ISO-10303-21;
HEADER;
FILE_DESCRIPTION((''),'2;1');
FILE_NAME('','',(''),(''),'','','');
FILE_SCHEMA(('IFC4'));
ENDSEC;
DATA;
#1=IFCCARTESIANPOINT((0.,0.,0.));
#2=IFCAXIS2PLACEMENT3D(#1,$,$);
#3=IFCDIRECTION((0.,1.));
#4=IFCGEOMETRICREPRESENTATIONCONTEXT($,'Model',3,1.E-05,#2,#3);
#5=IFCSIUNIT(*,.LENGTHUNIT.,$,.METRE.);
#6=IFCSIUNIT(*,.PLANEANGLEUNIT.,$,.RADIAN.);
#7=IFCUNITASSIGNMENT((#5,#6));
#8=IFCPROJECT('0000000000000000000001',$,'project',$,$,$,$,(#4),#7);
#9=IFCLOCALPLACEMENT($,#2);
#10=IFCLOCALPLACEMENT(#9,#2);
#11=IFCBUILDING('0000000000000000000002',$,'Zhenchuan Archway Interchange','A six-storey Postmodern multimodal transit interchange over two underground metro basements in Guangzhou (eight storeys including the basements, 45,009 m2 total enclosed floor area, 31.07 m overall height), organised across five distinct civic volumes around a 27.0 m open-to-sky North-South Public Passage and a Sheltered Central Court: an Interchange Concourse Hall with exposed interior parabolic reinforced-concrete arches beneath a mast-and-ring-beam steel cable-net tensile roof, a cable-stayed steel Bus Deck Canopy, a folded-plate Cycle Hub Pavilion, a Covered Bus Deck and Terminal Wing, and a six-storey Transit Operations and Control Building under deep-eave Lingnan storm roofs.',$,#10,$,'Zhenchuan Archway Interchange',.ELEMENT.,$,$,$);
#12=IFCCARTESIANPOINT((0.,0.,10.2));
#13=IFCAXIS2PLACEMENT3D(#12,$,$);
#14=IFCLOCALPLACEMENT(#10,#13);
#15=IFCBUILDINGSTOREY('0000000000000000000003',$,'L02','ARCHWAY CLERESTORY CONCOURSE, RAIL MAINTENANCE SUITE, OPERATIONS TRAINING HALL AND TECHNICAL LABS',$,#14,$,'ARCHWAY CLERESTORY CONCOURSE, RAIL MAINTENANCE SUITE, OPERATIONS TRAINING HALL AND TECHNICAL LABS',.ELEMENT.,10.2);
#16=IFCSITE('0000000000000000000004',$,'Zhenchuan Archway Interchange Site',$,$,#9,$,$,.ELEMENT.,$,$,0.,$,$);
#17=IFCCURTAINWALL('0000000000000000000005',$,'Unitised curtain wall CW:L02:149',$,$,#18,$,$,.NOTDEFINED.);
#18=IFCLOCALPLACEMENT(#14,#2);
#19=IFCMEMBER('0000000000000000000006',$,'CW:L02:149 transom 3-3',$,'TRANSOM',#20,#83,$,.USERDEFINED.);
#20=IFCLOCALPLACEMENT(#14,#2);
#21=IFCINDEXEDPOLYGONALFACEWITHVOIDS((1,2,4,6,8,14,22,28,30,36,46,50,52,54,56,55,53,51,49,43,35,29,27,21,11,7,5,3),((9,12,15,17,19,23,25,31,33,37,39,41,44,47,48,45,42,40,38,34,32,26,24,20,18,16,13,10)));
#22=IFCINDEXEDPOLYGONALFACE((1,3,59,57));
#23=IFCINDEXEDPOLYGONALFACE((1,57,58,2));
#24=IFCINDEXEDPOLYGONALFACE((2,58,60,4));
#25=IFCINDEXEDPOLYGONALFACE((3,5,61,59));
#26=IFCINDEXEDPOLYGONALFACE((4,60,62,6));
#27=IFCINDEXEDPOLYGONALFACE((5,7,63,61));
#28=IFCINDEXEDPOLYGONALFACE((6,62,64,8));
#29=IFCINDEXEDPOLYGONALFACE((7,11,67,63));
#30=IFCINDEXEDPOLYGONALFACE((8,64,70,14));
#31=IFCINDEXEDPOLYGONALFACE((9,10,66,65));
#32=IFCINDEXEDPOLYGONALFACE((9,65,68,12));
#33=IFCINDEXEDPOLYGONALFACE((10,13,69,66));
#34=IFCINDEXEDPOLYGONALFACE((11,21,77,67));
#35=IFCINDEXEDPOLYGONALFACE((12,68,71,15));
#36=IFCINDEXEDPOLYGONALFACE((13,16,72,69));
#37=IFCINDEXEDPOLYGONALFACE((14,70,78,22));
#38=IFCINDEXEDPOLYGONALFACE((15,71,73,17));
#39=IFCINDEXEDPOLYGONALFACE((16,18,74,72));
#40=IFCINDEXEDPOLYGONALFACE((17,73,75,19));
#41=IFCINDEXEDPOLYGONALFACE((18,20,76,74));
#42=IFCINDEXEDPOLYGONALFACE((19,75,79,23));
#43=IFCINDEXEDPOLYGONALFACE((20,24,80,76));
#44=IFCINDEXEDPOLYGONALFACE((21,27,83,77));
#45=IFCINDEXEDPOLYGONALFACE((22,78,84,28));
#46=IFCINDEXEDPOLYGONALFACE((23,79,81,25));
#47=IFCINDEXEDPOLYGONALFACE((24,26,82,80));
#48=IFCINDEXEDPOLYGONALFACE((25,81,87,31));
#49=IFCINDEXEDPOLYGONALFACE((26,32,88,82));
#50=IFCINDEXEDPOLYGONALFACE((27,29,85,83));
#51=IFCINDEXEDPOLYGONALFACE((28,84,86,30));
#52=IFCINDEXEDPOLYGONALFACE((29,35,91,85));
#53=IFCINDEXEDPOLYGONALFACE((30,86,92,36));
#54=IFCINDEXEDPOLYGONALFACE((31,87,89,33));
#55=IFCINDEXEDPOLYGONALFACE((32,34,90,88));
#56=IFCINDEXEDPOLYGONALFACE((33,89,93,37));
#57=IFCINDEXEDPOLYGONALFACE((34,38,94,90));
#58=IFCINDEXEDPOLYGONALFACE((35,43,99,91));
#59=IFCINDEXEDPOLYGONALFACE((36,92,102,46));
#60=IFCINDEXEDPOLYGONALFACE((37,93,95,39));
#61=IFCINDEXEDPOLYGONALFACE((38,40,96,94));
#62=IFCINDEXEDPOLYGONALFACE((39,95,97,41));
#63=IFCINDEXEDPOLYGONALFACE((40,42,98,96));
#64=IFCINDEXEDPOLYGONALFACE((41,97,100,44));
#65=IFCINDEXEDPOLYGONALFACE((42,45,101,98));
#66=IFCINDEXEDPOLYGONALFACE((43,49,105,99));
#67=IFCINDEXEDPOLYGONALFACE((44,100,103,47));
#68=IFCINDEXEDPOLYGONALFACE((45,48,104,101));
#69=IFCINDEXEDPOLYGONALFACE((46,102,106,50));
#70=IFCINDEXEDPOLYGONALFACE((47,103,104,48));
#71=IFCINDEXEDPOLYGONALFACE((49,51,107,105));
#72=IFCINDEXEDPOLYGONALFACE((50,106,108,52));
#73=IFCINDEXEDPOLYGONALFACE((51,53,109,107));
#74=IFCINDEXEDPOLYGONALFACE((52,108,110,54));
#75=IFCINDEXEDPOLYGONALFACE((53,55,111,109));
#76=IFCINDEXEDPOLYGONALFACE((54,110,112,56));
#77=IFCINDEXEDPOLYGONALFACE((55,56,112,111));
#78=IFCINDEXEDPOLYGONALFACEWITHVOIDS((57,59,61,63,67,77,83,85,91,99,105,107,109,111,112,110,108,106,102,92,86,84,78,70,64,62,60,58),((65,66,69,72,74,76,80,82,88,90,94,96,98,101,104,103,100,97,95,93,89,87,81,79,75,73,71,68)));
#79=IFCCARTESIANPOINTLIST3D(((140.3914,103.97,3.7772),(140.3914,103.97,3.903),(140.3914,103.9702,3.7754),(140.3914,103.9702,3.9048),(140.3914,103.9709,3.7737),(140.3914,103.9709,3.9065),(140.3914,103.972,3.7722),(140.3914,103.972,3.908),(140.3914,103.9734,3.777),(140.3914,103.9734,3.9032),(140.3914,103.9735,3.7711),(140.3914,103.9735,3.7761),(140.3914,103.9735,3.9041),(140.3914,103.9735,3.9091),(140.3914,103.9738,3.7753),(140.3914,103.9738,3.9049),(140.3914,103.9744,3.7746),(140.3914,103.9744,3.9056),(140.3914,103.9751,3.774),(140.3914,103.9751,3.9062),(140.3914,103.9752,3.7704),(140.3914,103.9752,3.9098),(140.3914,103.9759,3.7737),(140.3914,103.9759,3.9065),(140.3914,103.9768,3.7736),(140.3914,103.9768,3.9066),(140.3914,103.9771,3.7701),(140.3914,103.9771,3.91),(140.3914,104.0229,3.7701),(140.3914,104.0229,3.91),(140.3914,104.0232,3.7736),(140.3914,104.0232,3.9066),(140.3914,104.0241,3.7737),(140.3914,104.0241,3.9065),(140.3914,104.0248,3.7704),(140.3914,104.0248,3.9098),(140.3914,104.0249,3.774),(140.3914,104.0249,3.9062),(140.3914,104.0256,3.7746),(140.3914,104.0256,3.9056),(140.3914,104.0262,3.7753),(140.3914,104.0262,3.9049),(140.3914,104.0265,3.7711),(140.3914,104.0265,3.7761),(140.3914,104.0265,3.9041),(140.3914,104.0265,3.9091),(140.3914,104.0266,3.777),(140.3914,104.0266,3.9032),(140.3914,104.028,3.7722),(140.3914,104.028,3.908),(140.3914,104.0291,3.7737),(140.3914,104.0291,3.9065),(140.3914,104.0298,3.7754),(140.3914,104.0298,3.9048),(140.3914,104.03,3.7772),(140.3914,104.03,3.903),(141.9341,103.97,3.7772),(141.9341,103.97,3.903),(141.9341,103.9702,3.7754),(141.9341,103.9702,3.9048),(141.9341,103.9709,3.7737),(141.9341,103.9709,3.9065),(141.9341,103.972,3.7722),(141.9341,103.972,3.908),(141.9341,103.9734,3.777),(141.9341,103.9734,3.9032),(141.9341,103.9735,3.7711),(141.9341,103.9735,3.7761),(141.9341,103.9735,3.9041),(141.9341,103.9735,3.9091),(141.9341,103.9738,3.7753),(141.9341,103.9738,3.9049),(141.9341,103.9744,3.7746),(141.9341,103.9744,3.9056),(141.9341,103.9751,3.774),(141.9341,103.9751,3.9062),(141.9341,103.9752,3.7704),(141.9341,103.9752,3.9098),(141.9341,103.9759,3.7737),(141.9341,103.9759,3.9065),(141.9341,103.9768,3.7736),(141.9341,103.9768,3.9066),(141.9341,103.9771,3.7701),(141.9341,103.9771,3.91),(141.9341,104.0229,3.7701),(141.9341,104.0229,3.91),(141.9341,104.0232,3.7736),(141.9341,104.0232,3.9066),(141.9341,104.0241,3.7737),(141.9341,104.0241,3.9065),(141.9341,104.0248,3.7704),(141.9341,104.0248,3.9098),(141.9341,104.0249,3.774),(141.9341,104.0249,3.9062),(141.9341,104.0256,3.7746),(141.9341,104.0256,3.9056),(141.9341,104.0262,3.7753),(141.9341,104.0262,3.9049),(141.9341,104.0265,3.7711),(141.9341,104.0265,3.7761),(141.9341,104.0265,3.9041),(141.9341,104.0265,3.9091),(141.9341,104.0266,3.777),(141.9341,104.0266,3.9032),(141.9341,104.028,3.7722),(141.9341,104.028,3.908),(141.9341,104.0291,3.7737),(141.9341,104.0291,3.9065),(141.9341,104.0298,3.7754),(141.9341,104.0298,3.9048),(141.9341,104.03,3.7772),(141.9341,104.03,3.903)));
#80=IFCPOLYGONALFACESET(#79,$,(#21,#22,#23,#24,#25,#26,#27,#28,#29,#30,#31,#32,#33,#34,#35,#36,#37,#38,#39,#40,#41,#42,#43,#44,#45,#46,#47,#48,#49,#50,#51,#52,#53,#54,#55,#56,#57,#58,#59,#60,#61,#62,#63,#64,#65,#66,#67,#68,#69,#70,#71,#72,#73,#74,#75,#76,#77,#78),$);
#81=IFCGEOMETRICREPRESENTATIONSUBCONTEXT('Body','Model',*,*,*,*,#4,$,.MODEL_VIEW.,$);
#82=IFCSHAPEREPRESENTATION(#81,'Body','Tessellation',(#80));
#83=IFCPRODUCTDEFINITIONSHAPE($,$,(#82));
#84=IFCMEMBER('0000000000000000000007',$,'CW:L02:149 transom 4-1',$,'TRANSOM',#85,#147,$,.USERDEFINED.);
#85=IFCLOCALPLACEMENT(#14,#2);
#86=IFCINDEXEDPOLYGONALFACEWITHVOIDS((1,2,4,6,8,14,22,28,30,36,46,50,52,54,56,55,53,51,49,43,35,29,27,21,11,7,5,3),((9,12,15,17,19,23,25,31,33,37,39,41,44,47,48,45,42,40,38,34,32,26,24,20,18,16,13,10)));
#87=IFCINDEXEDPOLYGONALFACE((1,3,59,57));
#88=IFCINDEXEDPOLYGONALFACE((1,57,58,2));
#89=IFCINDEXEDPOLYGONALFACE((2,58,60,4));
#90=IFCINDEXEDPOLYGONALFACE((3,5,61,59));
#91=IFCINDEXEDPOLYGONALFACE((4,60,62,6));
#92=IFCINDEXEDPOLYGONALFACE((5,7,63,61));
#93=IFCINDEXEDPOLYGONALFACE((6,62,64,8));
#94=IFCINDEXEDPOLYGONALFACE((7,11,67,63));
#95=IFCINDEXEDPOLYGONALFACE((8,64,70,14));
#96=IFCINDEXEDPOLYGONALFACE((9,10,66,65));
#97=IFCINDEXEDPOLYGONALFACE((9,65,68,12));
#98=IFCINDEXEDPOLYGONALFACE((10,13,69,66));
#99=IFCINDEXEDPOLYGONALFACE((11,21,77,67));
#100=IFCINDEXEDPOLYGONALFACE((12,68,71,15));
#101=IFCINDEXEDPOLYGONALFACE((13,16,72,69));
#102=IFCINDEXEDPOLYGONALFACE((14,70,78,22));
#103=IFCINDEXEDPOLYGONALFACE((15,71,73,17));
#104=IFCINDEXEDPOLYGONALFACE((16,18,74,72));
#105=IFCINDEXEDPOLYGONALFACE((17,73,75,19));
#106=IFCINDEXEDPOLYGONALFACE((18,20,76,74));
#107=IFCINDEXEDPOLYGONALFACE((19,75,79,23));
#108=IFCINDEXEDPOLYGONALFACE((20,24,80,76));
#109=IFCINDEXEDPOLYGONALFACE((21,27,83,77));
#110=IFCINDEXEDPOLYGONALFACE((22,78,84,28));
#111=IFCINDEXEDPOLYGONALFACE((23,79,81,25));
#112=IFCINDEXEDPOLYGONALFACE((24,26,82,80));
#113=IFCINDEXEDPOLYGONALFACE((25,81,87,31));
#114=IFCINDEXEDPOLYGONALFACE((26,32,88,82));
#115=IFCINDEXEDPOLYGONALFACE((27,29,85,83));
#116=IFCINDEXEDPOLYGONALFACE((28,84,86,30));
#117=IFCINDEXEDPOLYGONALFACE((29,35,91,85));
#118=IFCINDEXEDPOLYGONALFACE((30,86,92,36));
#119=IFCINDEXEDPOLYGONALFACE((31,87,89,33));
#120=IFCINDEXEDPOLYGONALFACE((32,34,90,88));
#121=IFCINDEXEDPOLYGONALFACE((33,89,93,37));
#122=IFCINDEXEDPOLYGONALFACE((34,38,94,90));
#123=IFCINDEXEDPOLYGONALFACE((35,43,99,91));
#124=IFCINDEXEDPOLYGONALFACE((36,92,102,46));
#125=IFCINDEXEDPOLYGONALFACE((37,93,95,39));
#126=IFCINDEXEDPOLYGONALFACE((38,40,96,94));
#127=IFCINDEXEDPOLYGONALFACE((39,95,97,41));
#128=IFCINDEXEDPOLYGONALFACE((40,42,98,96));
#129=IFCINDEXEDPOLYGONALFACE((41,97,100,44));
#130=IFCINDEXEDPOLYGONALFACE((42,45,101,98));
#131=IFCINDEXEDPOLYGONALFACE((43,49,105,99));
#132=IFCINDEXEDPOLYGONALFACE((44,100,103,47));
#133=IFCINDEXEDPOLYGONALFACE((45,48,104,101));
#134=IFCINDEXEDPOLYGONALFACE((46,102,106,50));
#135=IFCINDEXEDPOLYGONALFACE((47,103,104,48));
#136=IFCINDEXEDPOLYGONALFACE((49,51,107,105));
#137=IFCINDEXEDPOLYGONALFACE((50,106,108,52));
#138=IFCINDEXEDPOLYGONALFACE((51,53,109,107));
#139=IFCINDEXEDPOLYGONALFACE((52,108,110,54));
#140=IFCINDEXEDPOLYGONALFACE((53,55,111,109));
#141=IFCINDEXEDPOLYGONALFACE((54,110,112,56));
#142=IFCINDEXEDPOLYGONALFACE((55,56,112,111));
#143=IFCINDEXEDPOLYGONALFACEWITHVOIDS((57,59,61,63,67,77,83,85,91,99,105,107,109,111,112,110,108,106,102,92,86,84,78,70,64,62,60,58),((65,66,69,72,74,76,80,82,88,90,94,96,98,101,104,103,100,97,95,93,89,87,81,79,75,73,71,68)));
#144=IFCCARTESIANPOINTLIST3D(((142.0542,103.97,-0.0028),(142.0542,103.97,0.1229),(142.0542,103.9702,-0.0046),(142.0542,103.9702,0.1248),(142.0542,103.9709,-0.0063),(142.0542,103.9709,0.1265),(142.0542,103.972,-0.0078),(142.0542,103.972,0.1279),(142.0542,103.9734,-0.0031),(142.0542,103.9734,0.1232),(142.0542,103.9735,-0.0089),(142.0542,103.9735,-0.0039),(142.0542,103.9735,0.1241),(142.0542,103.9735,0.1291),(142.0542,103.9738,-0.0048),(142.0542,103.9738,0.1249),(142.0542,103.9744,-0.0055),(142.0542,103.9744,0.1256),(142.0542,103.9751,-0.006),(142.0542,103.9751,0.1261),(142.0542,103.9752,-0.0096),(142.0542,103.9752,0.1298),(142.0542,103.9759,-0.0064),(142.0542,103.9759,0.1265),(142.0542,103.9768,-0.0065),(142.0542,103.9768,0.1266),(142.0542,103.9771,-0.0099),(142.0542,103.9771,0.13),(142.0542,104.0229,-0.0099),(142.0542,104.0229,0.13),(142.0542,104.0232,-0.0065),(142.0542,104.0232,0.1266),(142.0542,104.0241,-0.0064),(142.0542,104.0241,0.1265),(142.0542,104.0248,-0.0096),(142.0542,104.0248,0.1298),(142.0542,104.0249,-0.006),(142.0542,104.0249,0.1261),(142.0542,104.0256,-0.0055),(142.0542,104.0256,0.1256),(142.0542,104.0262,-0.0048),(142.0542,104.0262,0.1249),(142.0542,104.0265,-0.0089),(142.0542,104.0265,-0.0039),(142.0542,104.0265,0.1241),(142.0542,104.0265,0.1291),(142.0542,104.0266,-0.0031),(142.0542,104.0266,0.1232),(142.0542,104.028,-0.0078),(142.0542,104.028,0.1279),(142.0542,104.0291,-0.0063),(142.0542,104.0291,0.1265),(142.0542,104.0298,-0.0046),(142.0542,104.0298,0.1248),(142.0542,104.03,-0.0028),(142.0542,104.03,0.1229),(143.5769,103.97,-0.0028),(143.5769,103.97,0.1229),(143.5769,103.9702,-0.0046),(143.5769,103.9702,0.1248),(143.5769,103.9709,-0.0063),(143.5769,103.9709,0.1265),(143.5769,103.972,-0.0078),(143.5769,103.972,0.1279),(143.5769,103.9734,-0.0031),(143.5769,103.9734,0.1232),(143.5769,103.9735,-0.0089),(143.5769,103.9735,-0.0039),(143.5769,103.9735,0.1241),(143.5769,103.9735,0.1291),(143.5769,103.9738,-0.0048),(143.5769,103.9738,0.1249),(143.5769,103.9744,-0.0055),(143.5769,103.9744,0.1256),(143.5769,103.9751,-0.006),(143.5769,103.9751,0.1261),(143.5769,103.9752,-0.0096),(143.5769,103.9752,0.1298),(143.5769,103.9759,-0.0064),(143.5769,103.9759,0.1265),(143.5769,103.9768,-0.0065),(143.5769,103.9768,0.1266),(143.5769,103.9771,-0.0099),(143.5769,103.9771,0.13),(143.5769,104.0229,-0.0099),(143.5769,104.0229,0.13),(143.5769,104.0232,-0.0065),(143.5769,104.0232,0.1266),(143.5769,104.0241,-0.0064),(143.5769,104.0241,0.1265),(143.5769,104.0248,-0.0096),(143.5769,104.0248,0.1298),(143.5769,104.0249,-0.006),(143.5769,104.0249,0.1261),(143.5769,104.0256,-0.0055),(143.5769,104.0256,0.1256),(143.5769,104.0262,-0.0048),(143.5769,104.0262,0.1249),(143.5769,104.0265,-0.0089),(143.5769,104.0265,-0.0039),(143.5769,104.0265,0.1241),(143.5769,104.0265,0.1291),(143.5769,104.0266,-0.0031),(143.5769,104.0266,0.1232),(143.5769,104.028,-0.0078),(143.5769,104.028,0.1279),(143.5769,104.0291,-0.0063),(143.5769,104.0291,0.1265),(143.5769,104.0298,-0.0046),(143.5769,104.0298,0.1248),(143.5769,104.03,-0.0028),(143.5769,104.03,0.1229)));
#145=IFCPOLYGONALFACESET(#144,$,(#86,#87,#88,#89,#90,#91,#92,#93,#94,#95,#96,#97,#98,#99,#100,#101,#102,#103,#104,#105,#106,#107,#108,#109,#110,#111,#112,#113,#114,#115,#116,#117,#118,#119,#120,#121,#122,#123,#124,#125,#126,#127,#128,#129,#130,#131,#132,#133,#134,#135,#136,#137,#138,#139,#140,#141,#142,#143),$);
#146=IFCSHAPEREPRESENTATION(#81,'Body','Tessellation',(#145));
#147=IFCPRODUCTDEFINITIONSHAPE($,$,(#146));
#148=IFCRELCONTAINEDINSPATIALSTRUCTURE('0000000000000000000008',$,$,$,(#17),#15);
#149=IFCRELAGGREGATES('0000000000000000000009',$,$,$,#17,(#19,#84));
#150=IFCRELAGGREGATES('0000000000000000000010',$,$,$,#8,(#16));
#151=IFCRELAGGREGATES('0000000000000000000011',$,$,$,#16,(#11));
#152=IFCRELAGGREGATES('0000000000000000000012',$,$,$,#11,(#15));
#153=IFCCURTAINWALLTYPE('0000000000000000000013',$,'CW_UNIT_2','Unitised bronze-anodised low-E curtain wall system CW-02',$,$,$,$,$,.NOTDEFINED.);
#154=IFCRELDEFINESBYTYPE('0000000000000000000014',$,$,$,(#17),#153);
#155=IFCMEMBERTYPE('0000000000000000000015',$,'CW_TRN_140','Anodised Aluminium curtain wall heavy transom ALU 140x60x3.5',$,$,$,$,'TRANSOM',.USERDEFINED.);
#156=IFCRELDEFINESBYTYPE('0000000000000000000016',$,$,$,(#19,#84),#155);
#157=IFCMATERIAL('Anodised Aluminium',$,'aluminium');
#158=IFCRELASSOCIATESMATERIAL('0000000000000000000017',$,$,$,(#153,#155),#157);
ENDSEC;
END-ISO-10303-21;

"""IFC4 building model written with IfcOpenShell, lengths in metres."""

from ifc_helpers import new_model, si_unit, direction, frame, origin, origin_2d, place, context, subcontext, project, spatial, hollow_rectangle, extrude, material, material_profile, profile_set, type_object, element, aggregate, save


model = new_model("IFC4")

# Units and contexts
model_context = context("Model", 3, precision=1e-05, world=origin(), true_north=direction((0.0, 1.0)))
body_context = subcontext(model_context, "Body", "Model", "MODEL_VIEW")
ifc_project = project(units=[si_unit("LENGTHUNIT", "METRE"), si_unit("PLANEANGLEUNIT", "RADIAN")], contexts=[model_context])

# Site, building, storey
site_placement = place(None, origin())
site = spatial("IfcSite", under=ifc_project, at=site_placement, Name="Zhenchuan Archway Interchange Site", CompositionType="ELEMENT", RefElevation=0.0)
building_placement = place(site_placement, origin())
building = spatial("IfcBuilding", under=site, at=building_placement, Name="Zhenchuan Archway Interchange", Description="A six-storey Postmodern multimodal transit interchange over two underground metro basements in Guangzhou (eight storeys including the basements, 45,009 m2 total enclosed floor area, 31.07 m overall height), organised across five distinct civic volumes around a 27.0 m open-to-sky North-South Public Passage and a Sheltered Central Court: an Interchange Concourse Hall with exposed interior parabolic reinforced-concrete arches beneath a mast-and-ring-beam steel cable-net tensile roof, a cable-stayed steel Bus Deck Canopy, a folded-plate Cycle Hub Pavilion, a Covered Bus Deck and Terminal Wing, and a six-storey Transit Operations and Control Building under deep-eave Lingnan storm roofs.", LongName="Zhenchuan Archway Interchange", CompositionType="ELEMENT")
storey_placement = place(building_placement, frame((0.0, 0.0, 10.2)))
storey = spatial("IfcBuildingStorey", under=building, at=storey_placement, Name="L02", Description="ARCHWAY CLERESTORY CONCOURSE, RAIL MAINTENANCE SUITE, OPERATIONS TRAINING HALL AND TECHNICAL LABS", LongName="ARCHWAY CLERESTORY CONCOURSE, RAIL MAINTENANCE SUITE, OPERATIONS TRAINING HALL AND TECHNICAL LABS", CompositionType="ELEMENT", Elevation=10.2)

# Curtain wall, members
ifc_material_1 = material(Name="Anodised Aluminium", Category="aluminium")
curtain_wall_type = type_object("IfcCurtainWallType", Name="CW_UNIT_2", Description="Unitised bronze-anodised low-E curtain wall system CW-02", PredefinedType="NOTDEFINED", material=ifc_material_1)
curtain_wall_placement = place(storey_placement, origin())
curtain_wall = element("IfcCurtainWall", 1, at=curtain_wall_placement, inside=storey, type_object=curtain_wall_type, Name="Unitised curtain wall CW:L02:149", PredefinedType="NOTDEFINED")
ifc_material_profile_1 = material_profile(ifc_material_1, hollow_rectangle(XDim=0.0601, YDim=0.1399, WallThickness=0.0034, InnerFilletRadius=0.0034, OuterFilletRadius=0.0071, at=origin_2d()), Name="ALU 140x60x3.5")
ifc_profile_set_1 = profile_set([ifc_material_profile_1], Name="Anodised Aluminium")
member_type_1 = type_object("IfcMemberType", Name="CW_TRN_140", Description="Anodised Aluminium curtain wall heavy transom ALU 140x60x3.5", ElementType="TRANSOM", PredefinedType="USERDEFINED", material=ifc_profile_set_1)
member_1_placement = place(storey_placement, frame((140.3914, 104.0, 3.8401), z_axis=(1.0, 0.0, 0.0), x_axis=(0.0, 1.0, 0.0)))
member_1 = element("IfcMember", 2, at=member_1_placement, type_object=member_type_1, Name="CW:L02:149 transom 3-3", ObjectType="TRANSOM", PredefinedType="USERDEFINED", context=body_context, shape_type="SweptSolid", body=[
    extrude(hollow_rectangle(XDim=0.0601, YDim=0.1399, WallThickness=0.0034, InnerFilletRadius=0.0034, OuterFilletRadius=0.0071, at=origin_2d()), origin(), (0.0, 0.0, 1.0), 1.5427),
])
member_2_placement = place(storey_placement, frame((142.0542, 104.0, 0.0601), z_axis=(1.0, 0.0, 0.0), x_axis=(0.0, 1.0, 0.0)))
member_2 = element("IfcMember", 3, at=member_2_placement, type_object=member_type_1, Name="CW:L02:149 transom 4-1", ObjectType="TRANSOM", PredefinedType="USERDEFINED", context=body_context, shape_type="SweptSolid", body=[
    extrude(hollow_rectangle(XDim=0.0601, YDim=0.1399, WallThickness=0.0034, InnerFilletRadius=0.0034, OuterFilletRadius=0.0071, at=origin_2d()), origin(), (0.0, 0.0, 1.0), 1.5227),
])

aggregate(curtain_wall, [member_1, member_2])

save(model, "model.ifc")
